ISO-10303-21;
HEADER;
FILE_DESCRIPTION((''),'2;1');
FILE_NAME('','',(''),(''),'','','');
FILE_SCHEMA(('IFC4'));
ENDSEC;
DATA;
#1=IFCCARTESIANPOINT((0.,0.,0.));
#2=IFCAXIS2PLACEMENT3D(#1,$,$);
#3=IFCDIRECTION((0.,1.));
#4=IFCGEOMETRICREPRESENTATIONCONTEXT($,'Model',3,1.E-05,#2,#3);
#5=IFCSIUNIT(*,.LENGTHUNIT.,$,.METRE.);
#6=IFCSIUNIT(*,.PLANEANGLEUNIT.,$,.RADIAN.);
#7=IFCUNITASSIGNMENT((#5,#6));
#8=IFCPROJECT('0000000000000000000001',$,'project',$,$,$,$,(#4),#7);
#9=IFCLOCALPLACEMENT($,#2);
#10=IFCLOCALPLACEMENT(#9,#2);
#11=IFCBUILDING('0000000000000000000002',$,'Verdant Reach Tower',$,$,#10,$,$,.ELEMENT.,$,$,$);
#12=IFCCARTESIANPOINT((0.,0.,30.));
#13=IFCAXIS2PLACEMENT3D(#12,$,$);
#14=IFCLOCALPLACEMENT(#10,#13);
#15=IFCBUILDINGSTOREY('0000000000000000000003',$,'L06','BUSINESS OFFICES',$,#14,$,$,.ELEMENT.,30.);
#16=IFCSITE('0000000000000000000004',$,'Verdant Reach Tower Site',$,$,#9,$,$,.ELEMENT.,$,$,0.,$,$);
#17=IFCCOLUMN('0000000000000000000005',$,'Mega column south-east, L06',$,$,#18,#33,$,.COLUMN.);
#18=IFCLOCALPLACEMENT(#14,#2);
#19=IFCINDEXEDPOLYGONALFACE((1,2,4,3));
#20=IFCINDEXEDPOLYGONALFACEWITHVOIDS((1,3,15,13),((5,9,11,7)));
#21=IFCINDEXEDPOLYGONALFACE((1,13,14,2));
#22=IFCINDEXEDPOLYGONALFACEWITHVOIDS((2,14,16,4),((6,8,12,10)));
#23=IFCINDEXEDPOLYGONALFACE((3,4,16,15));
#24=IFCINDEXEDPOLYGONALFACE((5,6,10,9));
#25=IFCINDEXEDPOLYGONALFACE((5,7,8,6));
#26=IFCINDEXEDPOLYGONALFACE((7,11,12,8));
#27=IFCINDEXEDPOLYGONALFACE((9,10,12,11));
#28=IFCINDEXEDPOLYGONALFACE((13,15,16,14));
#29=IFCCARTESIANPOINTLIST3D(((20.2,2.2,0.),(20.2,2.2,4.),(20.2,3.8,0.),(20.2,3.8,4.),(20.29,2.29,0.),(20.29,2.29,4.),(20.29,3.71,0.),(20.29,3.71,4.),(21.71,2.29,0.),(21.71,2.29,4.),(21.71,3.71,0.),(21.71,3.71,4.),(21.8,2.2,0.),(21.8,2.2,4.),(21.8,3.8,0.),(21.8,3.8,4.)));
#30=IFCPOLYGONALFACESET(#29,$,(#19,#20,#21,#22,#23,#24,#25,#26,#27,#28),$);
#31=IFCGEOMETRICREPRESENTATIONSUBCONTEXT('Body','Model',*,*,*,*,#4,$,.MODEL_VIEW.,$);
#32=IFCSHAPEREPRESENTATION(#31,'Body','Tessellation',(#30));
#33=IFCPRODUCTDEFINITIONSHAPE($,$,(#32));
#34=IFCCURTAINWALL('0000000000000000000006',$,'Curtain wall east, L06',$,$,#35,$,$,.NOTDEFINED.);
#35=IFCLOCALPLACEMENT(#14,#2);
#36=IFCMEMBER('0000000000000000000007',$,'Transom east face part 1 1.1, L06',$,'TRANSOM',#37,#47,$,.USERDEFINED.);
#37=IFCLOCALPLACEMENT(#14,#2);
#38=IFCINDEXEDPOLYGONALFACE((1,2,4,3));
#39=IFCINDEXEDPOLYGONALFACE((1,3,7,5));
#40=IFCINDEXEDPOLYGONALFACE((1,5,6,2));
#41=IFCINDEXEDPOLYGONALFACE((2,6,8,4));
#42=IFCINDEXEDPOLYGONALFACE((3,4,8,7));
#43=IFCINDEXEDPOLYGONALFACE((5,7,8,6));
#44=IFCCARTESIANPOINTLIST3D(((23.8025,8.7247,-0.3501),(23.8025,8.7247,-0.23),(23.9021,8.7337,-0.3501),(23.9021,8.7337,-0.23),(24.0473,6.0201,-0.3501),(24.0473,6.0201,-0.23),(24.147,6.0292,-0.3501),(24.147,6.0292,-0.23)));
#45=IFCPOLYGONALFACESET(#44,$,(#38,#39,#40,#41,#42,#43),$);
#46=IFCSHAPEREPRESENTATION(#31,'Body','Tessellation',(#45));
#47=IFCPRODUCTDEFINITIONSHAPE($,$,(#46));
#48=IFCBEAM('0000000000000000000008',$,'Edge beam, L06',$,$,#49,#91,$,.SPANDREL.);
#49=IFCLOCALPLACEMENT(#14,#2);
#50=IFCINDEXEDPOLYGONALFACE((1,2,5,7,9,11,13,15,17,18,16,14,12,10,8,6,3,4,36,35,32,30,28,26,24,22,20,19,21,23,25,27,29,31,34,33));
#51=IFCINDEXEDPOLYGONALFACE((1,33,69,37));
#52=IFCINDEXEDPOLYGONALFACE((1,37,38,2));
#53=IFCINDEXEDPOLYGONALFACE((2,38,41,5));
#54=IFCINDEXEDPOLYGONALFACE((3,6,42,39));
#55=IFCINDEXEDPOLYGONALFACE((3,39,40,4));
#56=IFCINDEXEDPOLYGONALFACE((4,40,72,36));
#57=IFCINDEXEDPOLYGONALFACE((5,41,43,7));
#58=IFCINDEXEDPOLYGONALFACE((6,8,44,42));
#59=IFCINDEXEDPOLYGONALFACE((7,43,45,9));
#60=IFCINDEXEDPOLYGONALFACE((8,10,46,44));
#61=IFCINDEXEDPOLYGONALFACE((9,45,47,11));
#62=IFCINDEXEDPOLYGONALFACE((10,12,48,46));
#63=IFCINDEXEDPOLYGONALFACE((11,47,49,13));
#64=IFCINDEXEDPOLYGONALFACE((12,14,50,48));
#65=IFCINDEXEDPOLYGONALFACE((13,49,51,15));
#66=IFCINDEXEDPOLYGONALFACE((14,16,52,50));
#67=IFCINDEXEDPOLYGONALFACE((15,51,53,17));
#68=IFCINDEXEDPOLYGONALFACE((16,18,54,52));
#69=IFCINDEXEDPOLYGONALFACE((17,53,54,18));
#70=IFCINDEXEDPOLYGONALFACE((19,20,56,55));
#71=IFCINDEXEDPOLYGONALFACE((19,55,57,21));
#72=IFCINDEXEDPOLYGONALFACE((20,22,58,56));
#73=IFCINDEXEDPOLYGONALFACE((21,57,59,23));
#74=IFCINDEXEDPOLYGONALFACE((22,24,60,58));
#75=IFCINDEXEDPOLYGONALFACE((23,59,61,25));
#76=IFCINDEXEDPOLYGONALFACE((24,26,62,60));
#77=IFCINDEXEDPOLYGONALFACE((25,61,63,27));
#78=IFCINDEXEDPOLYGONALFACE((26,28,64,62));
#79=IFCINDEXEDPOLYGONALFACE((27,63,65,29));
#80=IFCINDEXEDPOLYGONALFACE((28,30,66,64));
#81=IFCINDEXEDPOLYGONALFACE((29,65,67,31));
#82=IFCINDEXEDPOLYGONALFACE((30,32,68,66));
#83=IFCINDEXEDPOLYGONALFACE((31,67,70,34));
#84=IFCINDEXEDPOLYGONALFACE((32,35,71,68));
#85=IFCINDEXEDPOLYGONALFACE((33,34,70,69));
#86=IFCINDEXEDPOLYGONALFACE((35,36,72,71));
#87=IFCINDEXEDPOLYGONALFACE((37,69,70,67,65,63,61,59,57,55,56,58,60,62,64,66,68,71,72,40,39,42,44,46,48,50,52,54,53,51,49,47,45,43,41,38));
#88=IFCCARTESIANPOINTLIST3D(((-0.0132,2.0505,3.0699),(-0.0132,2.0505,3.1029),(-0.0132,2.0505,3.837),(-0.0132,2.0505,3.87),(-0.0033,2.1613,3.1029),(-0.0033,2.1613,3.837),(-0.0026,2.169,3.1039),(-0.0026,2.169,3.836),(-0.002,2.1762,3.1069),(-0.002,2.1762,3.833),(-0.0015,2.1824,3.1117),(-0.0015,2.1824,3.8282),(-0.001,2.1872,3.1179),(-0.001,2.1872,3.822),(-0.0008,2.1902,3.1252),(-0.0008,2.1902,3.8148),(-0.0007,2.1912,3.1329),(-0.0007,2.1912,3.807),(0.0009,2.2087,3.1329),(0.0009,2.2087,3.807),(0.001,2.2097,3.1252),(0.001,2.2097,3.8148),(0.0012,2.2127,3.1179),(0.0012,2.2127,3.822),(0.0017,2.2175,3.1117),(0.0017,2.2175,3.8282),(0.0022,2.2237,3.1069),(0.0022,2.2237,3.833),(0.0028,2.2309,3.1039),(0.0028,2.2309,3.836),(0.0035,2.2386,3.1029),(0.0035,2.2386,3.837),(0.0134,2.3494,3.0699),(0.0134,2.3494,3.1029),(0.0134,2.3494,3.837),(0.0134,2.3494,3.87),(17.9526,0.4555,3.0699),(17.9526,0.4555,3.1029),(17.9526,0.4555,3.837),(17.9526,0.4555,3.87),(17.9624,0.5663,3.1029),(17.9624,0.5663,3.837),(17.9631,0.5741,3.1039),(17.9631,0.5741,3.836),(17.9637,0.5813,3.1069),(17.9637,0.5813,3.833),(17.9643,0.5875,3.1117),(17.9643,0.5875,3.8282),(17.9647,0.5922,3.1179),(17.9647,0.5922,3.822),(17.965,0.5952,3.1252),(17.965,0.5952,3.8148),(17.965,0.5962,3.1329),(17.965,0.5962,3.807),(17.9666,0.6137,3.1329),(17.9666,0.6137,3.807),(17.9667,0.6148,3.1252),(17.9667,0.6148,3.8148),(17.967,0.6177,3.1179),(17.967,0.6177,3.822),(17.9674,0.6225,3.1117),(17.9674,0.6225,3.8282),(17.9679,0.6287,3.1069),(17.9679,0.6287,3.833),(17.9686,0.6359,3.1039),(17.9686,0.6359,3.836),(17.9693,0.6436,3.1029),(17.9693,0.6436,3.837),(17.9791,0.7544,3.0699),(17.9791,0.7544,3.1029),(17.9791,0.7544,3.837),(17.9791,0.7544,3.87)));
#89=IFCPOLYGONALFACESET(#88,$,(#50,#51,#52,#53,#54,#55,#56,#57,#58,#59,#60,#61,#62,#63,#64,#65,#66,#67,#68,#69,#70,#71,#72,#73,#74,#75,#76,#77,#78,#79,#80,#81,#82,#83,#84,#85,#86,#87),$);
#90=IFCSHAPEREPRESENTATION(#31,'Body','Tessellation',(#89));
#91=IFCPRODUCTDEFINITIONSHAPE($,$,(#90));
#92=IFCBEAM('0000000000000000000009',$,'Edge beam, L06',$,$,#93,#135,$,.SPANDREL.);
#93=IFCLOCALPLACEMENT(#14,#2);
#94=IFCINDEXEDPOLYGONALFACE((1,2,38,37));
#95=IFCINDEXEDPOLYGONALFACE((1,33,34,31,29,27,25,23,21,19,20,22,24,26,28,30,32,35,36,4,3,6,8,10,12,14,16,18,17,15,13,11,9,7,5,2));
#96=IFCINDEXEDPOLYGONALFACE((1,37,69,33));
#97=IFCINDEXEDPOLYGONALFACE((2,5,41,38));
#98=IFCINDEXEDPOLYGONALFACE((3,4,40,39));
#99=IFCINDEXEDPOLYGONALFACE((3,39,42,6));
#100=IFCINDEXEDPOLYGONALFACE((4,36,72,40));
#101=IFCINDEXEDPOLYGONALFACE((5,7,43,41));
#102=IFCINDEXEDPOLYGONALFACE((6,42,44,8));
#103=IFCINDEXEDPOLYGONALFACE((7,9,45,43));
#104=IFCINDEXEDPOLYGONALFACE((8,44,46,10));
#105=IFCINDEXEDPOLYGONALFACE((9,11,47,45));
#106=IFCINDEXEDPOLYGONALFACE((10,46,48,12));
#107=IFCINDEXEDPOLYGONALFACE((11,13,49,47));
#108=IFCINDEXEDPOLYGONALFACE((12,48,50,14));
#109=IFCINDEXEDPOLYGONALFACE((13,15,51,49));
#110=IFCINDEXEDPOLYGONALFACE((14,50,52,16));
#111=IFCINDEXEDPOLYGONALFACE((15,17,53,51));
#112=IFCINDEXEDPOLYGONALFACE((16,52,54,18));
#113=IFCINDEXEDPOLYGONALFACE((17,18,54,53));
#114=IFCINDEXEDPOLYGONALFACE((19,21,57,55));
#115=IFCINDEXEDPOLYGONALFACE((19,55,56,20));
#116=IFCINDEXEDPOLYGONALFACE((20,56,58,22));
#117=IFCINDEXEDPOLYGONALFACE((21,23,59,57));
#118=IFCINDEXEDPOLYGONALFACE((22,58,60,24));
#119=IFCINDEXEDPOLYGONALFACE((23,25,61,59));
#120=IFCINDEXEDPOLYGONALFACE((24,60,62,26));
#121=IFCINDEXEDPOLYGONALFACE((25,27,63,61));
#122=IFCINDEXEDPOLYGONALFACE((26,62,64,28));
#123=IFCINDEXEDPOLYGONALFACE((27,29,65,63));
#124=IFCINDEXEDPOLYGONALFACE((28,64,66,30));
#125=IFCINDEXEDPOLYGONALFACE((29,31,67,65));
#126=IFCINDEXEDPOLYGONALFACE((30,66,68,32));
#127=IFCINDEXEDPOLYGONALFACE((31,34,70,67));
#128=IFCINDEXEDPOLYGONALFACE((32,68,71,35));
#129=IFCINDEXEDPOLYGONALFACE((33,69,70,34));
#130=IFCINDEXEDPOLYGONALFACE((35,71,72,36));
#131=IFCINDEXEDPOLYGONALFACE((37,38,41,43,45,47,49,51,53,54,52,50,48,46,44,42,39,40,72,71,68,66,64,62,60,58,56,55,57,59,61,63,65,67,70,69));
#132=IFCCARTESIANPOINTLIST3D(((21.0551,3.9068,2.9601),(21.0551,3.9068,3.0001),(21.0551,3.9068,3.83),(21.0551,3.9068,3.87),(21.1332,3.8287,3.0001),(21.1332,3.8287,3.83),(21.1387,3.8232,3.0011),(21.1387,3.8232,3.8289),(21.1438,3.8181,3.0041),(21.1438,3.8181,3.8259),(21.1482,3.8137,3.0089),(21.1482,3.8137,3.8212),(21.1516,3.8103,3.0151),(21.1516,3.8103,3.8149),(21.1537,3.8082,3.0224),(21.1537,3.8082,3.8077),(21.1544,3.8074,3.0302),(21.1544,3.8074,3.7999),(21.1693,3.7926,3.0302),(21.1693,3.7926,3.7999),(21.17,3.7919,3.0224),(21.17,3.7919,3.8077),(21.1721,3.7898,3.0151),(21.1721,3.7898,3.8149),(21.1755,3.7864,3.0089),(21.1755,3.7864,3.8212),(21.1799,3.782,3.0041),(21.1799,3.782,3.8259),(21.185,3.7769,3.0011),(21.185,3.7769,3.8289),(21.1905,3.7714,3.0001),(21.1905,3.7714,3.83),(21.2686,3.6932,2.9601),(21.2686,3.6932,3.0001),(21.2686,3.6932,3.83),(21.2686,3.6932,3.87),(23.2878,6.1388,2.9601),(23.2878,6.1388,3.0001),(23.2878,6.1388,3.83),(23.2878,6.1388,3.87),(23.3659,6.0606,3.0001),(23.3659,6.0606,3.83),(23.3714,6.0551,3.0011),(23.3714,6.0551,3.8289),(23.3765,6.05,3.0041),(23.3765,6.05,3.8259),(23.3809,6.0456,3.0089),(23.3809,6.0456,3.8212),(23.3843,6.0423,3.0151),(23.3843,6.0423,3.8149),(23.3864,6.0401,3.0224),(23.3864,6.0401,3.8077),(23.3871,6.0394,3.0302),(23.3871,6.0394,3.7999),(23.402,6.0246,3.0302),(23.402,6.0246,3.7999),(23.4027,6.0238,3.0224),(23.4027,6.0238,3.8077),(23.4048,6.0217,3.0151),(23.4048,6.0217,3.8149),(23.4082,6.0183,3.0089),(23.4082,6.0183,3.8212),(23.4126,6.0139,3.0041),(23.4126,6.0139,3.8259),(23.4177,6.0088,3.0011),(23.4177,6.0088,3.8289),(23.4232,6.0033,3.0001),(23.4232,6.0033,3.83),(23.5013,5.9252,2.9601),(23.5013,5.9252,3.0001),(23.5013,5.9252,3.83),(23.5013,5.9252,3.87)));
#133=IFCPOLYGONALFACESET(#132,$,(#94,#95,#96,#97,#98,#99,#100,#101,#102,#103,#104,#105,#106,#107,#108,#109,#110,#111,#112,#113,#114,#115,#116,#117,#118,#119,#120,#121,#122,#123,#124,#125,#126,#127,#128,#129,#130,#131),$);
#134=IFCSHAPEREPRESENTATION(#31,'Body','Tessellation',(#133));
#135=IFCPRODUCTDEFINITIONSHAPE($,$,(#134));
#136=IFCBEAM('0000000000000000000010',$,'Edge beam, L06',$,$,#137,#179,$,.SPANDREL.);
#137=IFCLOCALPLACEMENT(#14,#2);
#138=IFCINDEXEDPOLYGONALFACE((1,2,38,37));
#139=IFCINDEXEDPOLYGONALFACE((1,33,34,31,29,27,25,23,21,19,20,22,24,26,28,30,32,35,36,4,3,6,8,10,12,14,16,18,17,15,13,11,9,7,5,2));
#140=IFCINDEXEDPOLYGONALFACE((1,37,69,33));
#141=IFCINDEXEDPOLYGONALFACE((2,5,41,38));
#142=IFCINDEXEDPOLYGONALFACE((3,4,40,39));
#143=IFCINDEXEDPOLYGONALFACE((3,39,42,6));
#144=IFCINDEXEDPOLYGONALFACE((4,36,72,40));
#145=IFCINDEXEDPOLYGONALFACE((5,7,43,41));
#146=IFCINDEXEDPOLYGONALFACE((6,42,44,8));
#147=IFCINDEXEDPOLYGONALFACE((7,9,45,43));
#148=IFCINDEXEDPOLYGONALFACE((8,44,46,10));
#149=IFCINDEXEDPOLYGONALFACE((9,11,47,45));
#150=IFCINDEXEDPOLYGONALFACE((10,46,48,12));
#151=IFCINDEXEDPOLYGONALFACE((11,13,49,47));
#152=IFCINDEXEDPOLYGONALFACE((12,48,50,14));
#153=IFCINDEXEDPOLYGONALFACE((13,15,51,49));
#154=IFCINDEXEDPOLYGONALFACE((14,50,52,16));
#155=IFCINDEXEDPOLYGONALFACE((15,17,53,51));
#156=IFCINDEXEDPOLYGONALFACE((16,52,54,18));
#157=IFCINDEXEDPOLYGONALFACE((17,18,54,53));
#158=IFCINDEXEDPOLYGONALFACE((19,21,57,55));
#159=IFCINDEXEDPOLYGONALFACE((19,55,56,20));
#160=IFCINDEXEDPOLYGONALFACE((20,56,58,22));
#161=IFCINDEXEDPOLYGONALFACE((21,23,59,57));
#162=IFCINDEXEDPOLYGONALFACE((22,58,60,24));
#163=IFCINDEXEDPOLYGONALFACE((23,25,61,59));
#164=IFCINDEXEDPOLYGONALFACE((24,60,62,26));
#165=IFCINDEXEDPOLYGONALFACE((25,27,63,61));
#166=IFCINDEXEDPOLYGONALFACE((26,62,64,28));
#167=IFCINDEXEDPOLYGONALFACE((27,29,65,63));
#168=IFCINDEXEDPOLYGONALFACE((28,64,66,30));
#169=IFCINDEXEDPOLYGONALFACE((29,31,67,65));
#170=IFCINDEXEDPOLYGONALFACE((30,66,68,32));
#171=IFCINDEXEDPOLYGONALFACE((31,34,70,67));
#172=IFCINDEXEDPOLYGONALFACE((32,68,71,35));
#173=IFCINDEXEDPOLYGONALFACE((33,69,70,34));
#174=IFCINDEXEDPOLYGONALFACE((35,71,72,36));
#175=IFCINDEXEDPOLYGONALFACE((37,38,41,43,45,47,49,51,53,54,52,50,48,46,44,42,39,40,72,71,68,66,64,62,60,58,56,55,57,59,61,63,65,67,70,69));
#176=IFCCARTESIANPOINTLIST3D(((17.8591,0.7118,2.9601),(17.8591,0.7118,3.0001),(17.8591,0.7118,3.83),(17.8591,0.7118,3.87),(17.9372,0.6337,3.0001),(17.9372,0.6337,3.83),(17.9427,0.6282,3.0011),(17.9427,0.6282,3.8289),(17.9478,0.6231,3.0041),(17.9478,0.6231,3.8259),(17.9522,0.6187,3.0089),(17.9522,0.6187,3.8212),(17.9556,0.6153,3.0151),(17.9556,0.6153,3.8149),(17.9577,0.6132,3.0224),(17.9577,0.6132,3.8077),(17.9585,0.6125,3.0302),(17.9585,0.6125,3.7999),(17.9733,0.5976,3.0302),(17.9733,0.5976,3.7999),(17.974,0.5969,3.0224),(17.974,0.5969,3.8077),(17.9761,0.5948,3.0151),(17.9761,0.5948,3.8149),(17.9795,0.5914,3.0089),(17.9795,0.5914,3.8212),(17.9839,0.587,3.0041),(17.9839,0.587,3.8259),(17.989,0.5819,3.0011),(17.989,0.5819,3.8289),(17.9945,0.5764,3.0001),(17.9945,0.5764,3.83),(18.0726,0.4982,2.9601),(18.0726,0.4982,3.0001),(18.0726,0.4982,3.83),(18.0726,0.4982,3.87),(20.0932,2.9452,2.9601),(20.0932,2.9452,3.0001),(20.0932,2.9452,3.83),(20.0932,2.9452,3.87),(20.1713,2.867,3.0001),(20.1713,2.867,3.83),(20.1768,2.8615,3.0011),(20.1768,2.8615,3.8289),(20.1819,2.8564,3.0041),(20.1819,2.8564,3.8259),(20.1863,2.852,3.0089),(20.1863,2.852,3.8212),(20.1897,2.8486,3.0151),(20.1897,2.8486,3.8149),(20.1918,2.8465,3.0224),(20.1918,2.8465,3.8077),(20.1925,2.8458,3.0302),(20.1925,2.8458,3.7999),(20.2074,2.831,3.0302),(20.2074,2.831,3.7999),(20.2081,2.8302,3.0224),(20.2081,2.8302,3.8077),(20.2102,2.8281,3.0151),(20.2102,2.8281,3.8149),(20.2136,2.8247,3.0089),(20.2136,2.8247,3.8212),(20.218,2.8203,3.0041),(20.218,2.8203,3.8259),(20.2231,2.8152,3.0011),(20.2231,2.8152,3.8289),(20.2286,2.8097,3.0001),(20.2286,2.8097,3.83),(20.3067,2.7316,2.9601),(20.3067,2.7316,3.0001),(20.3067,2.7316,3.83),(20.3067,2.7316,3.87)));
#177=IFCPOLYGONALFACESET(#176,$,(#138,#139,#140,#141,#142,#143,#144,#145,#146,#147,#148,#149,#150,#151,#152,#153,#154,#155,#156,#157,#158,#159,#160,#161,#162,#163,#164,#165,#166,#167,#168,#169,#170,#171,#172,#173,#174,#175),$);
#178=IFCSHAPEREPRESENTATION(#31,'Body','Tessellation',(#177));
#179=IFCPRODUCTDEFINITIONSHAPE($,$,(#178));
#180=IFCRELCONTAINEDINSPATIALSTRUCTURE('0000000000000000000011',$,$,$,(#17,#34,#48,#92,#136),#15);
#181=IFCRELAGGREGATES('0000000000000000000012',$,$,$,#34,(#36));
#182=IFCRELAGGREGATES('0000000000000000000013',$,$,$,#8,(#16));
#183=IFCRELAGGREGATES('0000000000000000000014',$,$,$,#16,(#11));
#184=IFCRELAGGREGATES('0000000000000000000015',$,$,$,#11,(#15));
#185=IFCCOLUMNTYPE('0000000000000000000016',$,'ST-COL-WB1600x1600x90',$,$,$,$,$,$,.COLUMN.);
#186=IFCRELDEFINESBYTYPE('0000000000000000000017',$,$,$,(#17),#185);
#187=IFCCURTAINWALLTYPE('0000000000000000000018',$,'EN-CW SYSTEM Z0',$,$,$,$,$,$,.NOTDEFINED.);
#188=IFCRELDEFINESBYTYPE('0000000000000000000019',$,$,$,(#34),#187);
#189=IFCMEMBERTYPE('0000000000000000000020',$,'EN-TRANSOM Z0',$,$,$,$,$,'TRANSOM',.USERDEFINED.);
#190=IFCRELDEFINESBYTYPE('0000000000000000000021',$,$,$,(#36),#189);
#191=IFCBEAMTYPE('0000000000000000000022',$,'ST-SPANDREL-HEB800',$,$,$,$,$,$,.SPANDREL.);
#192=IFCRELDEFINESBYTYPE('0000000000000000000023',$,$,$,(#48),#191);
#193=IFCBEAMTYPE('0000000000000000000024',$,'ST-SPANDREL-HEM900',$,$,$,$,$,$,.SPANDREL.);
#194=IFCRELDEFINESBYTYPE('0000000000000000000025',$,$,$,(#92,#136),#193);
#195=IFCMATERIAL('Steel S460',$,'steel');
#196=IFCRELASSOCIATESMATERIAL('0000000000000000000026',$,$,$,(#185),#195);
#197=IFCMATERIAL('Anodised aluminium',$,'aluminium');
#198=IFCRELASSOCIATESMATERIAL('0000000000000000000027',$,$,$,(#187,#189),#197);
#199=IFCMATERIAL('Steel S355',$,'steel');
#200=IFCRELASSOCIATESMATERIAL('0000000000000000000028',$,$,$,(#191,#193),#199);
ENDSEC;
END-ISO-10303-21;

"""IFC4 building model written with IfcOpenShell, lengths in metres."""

from ifc_helpers import new_model, si_unit, direction, frame, origin, origin_2d, place, context, subcontext, project, spatial, rectangle, hollow_rectangle, i_section, extrude, material, material_profile, profile_set, type_object, element, aggregate, save


model = new_model("IFC4")

# Units and contexts
model_context = context("Model", 3, precision=1e-05, world=origin(), true_north=direction((0.0, 1.0)))
body_context = subcontext(model_context, "Body", "Model", "MODEL_VIEW")
ifc_project = project(units=[si_unit("LENGTHUNIT", "METRE"), si_unit("PLANEANGLEUNIT", "RADIAN")], contexts=[model_context])

# Site, building, storey
site_placement = place(None, origin())
site = spatial("IfcSite", under=ifc_project, at=site_placement, Name="Verdant Reach Tower Site", CompositionType="ELEMENT", RefElevation=0.0)
building_placement = place(site_placement, origin())
building = spatial("IfcBuilding", under=site, at=building_placement, Name="Verdant Reach Tower", CompositionType="ELEMENT")
storey_placement = place(building_placement, frame((0.0, 0.0, 30.0)))
storey = spatial("IfcBuildingStorey", under=building, at=storey_placement, Name="L06", Description="BUSINESS OFFICES", CompositionType="ELEMENT", Elevation=30.0)

# Column
ifc_material_1 = material(Name="Steel S460", Category="steel")
ifc_material_profile_1 = material_profile(ifc_material_1, hollow_rectangle(XDim=1.6001, YDim=1.6001, WallThickness=0.0901, at=origin_2d()), Name="WB 1600x1600x90")
ifc_profile_set_1 = profile_set([ifc_material_profile_1], Name="Steel S460")
column_type = type_object("IfcColumnType", Name="ST-COL-WB1600x1600x90", PredefinedType="COLUMN", material=ifc_profile_set_1)
column_placement = place(storey_placement, frame((21.0, 3.0, 0.0), z_axis=(0.0, 0.0, 1.0), x_axis=(1.0, 0.0, 0.0)))
element("IfcColumn", 1, at=column_placement, inside=storey, type_object=column_type, Name="Mega column south-east, L06", PredefinedType="COLUMN", context=body_context, shape_type="SweptSolid", body=[
    extrude(hollow_rectangle(XDim=1.6001, YDim=1.6001, WallThickness=0.0901, at=origin_2d()), origin(), (0.0, 0.0, 1.0), 4.0),
])

# Curtain wall, member
ifc_material_2 = material(Name="Anodised aluminium", Category="aluminium")
curtain_wall_type = type_object("IfcCurtainWallType", Name="EN-CW SYSTEM Z0", PredefinedType="NOTDEFINED", material=ifc_material_2)
curtain_wall_1_placement = place(storey_placement, origin())
curtain_wall_1 = element("IfcCurtainWall", 2, at=curtain_wall_1_placement, inside=storey, type_object=curtain_wall_type, Name="Curtain wall east, L06", PredefinedType="NOTDEFINED")
ifc_material_profile_2 = material_profile(ifc_material_2, rectangle(XDim=0.1001, YDim=0.1201, at=origin_2d()), Name="Transom 120x100")
ifc_profile_set_2 = profile_set([ifc_material_profile_2], Name="Anodised aluminium")
member_type = type_object("IfcMemberType", Name="EN-TRANSOM Z0", ElementType="TRANSOM", PredefinedType="USERDEFINED", material=ifc_profile_set_2)
member_placement = place(storey_placement, frame((24.0972, 6.0247, -0.29), z_axis=(-0.090171, 0.995926, 0.0), x_axis=(-0.995926, -0.090171, 0.0)))
member = element("IfcMember", 3, at=member_placement, type_object=member_type, Name="Transom east face part 1 1.1, L06", ObjectType="TRANSOM", PredefinedType="USERDEFINED", context=body_context, shape_type="SweptSolid", body=[
    extrude(rectangle(XDim=0.1001, YDim=0.1201, at=origin_2d()), origin(), (0.0, 0.0, 1.0), 2.7156),
])

# Beams
ifc_material_3 = material(Name="Steel S355", Category="steel")
ifc_material_profile_3 = material_profile(ifc_material_3, i_section(OverallWidth=0.3, OverallDepth=0.8, WebThickness=0.0176, FlangeThickness=0.033, FilletRadius=0.03, at=origin_2d()), Name="HEB 800")
ifc_profile_set_3 = profile_set([ifc_material_profile_3], Name="Steel S355")
beam_type_1 = type_object("IfcBeamType", Name="ST-SPANDREL-HEB800", PredefinedType="SPANDREL", material=ifc_profile_set_3)
beam_1_placement = place(storey_placement, frame((17.9658, 0.605, 3.47), z_axis=(-0.996082, 0.08843, 0.0), x_axis=(-0.08843, -0.996082, 0.0)))
element("IfcBeam", 4, at=beam_1_placement, inside=storey, type_object=beam_type_1, Name="Edge beam, L06", PredefinedType="SPANDREL", context=body_context, shape_type="SweptSolid", body=[
    extrude(i_section(OverallWidth=0.3, OverallDepth=0.8, WebThickness=0.0176, FlangeThickness=0.033, FilletRadius=0.03, at=origin_2d()), origin(), (0.0, 0.0, 1.0), 18.0364),
])
ifc_material_profile_4 = material_profile(ifc_material_3, i_section(OverallWidth=0.302, OverallDepth=0.9099, WebThickness=0.021, FlangeThickness=0.04, FilletRadius=0.03, at=origin_2d()), Name="HEM 900")
ifc_profile_set_4 = profile_set([ifc_material_profile_4], Name="Steel S355")
beam_type_2 = type_object("IfcBeamType", Name="ST-SPANDREL-HEM900", PredefinedType="SPANDREL", material=ifc_profile_set_4)
beam_2_placement = place(storey_placement, frame((23.3945, 6.032, 3.415), z_axis=(-0.707223, -0.706991, 0.0), x_axis=(0.706991, -0.707223, 0.0)))
element("IfcBeam", 5, at=beam_2_placement, inside=storey, type_object=beam_type_2, Name="Edge beam, L06", PredefinedType="SPANDREL", context=body_context, shape_type="SweptSolid", body=[
    extrude(i_section(OverallWidth=0.302, OverallDepth=0.9099, WebThickness=0.021, FlangeThickness=0.04, FilletRadius=0.03, at=origin_2d()), origin(), (0.0, 0.0, 1.0), 3.157),
])
beam_3_placement = place(storey_placement, frame((20.2, 2.8384, 3.415), z_axis=(-0.707223, -0.706991, 0.0), x_axis=(0.706991, -0.707223, 0.0)))
element("IfcBeam", 6, at=beam_3_placement, inside=storey, type_object=beam_type_2, Name="Edge beam, L06", PredefinedType="SPANDREL", context=body_context, shape_type="SweptSolid", body=[
    extrude(i_section(OverallWidth=0.302, OverallDepth=0.9099, WebThickness=0.021, FlangeThickness=0.04, FilletRadius=0.03, at=origin_2d()), origin(), (0.0, 0.0, 1.0), 3.1589),
])

aggregate(curtain_wall_1, [member])

save(model, "model.ifc")
